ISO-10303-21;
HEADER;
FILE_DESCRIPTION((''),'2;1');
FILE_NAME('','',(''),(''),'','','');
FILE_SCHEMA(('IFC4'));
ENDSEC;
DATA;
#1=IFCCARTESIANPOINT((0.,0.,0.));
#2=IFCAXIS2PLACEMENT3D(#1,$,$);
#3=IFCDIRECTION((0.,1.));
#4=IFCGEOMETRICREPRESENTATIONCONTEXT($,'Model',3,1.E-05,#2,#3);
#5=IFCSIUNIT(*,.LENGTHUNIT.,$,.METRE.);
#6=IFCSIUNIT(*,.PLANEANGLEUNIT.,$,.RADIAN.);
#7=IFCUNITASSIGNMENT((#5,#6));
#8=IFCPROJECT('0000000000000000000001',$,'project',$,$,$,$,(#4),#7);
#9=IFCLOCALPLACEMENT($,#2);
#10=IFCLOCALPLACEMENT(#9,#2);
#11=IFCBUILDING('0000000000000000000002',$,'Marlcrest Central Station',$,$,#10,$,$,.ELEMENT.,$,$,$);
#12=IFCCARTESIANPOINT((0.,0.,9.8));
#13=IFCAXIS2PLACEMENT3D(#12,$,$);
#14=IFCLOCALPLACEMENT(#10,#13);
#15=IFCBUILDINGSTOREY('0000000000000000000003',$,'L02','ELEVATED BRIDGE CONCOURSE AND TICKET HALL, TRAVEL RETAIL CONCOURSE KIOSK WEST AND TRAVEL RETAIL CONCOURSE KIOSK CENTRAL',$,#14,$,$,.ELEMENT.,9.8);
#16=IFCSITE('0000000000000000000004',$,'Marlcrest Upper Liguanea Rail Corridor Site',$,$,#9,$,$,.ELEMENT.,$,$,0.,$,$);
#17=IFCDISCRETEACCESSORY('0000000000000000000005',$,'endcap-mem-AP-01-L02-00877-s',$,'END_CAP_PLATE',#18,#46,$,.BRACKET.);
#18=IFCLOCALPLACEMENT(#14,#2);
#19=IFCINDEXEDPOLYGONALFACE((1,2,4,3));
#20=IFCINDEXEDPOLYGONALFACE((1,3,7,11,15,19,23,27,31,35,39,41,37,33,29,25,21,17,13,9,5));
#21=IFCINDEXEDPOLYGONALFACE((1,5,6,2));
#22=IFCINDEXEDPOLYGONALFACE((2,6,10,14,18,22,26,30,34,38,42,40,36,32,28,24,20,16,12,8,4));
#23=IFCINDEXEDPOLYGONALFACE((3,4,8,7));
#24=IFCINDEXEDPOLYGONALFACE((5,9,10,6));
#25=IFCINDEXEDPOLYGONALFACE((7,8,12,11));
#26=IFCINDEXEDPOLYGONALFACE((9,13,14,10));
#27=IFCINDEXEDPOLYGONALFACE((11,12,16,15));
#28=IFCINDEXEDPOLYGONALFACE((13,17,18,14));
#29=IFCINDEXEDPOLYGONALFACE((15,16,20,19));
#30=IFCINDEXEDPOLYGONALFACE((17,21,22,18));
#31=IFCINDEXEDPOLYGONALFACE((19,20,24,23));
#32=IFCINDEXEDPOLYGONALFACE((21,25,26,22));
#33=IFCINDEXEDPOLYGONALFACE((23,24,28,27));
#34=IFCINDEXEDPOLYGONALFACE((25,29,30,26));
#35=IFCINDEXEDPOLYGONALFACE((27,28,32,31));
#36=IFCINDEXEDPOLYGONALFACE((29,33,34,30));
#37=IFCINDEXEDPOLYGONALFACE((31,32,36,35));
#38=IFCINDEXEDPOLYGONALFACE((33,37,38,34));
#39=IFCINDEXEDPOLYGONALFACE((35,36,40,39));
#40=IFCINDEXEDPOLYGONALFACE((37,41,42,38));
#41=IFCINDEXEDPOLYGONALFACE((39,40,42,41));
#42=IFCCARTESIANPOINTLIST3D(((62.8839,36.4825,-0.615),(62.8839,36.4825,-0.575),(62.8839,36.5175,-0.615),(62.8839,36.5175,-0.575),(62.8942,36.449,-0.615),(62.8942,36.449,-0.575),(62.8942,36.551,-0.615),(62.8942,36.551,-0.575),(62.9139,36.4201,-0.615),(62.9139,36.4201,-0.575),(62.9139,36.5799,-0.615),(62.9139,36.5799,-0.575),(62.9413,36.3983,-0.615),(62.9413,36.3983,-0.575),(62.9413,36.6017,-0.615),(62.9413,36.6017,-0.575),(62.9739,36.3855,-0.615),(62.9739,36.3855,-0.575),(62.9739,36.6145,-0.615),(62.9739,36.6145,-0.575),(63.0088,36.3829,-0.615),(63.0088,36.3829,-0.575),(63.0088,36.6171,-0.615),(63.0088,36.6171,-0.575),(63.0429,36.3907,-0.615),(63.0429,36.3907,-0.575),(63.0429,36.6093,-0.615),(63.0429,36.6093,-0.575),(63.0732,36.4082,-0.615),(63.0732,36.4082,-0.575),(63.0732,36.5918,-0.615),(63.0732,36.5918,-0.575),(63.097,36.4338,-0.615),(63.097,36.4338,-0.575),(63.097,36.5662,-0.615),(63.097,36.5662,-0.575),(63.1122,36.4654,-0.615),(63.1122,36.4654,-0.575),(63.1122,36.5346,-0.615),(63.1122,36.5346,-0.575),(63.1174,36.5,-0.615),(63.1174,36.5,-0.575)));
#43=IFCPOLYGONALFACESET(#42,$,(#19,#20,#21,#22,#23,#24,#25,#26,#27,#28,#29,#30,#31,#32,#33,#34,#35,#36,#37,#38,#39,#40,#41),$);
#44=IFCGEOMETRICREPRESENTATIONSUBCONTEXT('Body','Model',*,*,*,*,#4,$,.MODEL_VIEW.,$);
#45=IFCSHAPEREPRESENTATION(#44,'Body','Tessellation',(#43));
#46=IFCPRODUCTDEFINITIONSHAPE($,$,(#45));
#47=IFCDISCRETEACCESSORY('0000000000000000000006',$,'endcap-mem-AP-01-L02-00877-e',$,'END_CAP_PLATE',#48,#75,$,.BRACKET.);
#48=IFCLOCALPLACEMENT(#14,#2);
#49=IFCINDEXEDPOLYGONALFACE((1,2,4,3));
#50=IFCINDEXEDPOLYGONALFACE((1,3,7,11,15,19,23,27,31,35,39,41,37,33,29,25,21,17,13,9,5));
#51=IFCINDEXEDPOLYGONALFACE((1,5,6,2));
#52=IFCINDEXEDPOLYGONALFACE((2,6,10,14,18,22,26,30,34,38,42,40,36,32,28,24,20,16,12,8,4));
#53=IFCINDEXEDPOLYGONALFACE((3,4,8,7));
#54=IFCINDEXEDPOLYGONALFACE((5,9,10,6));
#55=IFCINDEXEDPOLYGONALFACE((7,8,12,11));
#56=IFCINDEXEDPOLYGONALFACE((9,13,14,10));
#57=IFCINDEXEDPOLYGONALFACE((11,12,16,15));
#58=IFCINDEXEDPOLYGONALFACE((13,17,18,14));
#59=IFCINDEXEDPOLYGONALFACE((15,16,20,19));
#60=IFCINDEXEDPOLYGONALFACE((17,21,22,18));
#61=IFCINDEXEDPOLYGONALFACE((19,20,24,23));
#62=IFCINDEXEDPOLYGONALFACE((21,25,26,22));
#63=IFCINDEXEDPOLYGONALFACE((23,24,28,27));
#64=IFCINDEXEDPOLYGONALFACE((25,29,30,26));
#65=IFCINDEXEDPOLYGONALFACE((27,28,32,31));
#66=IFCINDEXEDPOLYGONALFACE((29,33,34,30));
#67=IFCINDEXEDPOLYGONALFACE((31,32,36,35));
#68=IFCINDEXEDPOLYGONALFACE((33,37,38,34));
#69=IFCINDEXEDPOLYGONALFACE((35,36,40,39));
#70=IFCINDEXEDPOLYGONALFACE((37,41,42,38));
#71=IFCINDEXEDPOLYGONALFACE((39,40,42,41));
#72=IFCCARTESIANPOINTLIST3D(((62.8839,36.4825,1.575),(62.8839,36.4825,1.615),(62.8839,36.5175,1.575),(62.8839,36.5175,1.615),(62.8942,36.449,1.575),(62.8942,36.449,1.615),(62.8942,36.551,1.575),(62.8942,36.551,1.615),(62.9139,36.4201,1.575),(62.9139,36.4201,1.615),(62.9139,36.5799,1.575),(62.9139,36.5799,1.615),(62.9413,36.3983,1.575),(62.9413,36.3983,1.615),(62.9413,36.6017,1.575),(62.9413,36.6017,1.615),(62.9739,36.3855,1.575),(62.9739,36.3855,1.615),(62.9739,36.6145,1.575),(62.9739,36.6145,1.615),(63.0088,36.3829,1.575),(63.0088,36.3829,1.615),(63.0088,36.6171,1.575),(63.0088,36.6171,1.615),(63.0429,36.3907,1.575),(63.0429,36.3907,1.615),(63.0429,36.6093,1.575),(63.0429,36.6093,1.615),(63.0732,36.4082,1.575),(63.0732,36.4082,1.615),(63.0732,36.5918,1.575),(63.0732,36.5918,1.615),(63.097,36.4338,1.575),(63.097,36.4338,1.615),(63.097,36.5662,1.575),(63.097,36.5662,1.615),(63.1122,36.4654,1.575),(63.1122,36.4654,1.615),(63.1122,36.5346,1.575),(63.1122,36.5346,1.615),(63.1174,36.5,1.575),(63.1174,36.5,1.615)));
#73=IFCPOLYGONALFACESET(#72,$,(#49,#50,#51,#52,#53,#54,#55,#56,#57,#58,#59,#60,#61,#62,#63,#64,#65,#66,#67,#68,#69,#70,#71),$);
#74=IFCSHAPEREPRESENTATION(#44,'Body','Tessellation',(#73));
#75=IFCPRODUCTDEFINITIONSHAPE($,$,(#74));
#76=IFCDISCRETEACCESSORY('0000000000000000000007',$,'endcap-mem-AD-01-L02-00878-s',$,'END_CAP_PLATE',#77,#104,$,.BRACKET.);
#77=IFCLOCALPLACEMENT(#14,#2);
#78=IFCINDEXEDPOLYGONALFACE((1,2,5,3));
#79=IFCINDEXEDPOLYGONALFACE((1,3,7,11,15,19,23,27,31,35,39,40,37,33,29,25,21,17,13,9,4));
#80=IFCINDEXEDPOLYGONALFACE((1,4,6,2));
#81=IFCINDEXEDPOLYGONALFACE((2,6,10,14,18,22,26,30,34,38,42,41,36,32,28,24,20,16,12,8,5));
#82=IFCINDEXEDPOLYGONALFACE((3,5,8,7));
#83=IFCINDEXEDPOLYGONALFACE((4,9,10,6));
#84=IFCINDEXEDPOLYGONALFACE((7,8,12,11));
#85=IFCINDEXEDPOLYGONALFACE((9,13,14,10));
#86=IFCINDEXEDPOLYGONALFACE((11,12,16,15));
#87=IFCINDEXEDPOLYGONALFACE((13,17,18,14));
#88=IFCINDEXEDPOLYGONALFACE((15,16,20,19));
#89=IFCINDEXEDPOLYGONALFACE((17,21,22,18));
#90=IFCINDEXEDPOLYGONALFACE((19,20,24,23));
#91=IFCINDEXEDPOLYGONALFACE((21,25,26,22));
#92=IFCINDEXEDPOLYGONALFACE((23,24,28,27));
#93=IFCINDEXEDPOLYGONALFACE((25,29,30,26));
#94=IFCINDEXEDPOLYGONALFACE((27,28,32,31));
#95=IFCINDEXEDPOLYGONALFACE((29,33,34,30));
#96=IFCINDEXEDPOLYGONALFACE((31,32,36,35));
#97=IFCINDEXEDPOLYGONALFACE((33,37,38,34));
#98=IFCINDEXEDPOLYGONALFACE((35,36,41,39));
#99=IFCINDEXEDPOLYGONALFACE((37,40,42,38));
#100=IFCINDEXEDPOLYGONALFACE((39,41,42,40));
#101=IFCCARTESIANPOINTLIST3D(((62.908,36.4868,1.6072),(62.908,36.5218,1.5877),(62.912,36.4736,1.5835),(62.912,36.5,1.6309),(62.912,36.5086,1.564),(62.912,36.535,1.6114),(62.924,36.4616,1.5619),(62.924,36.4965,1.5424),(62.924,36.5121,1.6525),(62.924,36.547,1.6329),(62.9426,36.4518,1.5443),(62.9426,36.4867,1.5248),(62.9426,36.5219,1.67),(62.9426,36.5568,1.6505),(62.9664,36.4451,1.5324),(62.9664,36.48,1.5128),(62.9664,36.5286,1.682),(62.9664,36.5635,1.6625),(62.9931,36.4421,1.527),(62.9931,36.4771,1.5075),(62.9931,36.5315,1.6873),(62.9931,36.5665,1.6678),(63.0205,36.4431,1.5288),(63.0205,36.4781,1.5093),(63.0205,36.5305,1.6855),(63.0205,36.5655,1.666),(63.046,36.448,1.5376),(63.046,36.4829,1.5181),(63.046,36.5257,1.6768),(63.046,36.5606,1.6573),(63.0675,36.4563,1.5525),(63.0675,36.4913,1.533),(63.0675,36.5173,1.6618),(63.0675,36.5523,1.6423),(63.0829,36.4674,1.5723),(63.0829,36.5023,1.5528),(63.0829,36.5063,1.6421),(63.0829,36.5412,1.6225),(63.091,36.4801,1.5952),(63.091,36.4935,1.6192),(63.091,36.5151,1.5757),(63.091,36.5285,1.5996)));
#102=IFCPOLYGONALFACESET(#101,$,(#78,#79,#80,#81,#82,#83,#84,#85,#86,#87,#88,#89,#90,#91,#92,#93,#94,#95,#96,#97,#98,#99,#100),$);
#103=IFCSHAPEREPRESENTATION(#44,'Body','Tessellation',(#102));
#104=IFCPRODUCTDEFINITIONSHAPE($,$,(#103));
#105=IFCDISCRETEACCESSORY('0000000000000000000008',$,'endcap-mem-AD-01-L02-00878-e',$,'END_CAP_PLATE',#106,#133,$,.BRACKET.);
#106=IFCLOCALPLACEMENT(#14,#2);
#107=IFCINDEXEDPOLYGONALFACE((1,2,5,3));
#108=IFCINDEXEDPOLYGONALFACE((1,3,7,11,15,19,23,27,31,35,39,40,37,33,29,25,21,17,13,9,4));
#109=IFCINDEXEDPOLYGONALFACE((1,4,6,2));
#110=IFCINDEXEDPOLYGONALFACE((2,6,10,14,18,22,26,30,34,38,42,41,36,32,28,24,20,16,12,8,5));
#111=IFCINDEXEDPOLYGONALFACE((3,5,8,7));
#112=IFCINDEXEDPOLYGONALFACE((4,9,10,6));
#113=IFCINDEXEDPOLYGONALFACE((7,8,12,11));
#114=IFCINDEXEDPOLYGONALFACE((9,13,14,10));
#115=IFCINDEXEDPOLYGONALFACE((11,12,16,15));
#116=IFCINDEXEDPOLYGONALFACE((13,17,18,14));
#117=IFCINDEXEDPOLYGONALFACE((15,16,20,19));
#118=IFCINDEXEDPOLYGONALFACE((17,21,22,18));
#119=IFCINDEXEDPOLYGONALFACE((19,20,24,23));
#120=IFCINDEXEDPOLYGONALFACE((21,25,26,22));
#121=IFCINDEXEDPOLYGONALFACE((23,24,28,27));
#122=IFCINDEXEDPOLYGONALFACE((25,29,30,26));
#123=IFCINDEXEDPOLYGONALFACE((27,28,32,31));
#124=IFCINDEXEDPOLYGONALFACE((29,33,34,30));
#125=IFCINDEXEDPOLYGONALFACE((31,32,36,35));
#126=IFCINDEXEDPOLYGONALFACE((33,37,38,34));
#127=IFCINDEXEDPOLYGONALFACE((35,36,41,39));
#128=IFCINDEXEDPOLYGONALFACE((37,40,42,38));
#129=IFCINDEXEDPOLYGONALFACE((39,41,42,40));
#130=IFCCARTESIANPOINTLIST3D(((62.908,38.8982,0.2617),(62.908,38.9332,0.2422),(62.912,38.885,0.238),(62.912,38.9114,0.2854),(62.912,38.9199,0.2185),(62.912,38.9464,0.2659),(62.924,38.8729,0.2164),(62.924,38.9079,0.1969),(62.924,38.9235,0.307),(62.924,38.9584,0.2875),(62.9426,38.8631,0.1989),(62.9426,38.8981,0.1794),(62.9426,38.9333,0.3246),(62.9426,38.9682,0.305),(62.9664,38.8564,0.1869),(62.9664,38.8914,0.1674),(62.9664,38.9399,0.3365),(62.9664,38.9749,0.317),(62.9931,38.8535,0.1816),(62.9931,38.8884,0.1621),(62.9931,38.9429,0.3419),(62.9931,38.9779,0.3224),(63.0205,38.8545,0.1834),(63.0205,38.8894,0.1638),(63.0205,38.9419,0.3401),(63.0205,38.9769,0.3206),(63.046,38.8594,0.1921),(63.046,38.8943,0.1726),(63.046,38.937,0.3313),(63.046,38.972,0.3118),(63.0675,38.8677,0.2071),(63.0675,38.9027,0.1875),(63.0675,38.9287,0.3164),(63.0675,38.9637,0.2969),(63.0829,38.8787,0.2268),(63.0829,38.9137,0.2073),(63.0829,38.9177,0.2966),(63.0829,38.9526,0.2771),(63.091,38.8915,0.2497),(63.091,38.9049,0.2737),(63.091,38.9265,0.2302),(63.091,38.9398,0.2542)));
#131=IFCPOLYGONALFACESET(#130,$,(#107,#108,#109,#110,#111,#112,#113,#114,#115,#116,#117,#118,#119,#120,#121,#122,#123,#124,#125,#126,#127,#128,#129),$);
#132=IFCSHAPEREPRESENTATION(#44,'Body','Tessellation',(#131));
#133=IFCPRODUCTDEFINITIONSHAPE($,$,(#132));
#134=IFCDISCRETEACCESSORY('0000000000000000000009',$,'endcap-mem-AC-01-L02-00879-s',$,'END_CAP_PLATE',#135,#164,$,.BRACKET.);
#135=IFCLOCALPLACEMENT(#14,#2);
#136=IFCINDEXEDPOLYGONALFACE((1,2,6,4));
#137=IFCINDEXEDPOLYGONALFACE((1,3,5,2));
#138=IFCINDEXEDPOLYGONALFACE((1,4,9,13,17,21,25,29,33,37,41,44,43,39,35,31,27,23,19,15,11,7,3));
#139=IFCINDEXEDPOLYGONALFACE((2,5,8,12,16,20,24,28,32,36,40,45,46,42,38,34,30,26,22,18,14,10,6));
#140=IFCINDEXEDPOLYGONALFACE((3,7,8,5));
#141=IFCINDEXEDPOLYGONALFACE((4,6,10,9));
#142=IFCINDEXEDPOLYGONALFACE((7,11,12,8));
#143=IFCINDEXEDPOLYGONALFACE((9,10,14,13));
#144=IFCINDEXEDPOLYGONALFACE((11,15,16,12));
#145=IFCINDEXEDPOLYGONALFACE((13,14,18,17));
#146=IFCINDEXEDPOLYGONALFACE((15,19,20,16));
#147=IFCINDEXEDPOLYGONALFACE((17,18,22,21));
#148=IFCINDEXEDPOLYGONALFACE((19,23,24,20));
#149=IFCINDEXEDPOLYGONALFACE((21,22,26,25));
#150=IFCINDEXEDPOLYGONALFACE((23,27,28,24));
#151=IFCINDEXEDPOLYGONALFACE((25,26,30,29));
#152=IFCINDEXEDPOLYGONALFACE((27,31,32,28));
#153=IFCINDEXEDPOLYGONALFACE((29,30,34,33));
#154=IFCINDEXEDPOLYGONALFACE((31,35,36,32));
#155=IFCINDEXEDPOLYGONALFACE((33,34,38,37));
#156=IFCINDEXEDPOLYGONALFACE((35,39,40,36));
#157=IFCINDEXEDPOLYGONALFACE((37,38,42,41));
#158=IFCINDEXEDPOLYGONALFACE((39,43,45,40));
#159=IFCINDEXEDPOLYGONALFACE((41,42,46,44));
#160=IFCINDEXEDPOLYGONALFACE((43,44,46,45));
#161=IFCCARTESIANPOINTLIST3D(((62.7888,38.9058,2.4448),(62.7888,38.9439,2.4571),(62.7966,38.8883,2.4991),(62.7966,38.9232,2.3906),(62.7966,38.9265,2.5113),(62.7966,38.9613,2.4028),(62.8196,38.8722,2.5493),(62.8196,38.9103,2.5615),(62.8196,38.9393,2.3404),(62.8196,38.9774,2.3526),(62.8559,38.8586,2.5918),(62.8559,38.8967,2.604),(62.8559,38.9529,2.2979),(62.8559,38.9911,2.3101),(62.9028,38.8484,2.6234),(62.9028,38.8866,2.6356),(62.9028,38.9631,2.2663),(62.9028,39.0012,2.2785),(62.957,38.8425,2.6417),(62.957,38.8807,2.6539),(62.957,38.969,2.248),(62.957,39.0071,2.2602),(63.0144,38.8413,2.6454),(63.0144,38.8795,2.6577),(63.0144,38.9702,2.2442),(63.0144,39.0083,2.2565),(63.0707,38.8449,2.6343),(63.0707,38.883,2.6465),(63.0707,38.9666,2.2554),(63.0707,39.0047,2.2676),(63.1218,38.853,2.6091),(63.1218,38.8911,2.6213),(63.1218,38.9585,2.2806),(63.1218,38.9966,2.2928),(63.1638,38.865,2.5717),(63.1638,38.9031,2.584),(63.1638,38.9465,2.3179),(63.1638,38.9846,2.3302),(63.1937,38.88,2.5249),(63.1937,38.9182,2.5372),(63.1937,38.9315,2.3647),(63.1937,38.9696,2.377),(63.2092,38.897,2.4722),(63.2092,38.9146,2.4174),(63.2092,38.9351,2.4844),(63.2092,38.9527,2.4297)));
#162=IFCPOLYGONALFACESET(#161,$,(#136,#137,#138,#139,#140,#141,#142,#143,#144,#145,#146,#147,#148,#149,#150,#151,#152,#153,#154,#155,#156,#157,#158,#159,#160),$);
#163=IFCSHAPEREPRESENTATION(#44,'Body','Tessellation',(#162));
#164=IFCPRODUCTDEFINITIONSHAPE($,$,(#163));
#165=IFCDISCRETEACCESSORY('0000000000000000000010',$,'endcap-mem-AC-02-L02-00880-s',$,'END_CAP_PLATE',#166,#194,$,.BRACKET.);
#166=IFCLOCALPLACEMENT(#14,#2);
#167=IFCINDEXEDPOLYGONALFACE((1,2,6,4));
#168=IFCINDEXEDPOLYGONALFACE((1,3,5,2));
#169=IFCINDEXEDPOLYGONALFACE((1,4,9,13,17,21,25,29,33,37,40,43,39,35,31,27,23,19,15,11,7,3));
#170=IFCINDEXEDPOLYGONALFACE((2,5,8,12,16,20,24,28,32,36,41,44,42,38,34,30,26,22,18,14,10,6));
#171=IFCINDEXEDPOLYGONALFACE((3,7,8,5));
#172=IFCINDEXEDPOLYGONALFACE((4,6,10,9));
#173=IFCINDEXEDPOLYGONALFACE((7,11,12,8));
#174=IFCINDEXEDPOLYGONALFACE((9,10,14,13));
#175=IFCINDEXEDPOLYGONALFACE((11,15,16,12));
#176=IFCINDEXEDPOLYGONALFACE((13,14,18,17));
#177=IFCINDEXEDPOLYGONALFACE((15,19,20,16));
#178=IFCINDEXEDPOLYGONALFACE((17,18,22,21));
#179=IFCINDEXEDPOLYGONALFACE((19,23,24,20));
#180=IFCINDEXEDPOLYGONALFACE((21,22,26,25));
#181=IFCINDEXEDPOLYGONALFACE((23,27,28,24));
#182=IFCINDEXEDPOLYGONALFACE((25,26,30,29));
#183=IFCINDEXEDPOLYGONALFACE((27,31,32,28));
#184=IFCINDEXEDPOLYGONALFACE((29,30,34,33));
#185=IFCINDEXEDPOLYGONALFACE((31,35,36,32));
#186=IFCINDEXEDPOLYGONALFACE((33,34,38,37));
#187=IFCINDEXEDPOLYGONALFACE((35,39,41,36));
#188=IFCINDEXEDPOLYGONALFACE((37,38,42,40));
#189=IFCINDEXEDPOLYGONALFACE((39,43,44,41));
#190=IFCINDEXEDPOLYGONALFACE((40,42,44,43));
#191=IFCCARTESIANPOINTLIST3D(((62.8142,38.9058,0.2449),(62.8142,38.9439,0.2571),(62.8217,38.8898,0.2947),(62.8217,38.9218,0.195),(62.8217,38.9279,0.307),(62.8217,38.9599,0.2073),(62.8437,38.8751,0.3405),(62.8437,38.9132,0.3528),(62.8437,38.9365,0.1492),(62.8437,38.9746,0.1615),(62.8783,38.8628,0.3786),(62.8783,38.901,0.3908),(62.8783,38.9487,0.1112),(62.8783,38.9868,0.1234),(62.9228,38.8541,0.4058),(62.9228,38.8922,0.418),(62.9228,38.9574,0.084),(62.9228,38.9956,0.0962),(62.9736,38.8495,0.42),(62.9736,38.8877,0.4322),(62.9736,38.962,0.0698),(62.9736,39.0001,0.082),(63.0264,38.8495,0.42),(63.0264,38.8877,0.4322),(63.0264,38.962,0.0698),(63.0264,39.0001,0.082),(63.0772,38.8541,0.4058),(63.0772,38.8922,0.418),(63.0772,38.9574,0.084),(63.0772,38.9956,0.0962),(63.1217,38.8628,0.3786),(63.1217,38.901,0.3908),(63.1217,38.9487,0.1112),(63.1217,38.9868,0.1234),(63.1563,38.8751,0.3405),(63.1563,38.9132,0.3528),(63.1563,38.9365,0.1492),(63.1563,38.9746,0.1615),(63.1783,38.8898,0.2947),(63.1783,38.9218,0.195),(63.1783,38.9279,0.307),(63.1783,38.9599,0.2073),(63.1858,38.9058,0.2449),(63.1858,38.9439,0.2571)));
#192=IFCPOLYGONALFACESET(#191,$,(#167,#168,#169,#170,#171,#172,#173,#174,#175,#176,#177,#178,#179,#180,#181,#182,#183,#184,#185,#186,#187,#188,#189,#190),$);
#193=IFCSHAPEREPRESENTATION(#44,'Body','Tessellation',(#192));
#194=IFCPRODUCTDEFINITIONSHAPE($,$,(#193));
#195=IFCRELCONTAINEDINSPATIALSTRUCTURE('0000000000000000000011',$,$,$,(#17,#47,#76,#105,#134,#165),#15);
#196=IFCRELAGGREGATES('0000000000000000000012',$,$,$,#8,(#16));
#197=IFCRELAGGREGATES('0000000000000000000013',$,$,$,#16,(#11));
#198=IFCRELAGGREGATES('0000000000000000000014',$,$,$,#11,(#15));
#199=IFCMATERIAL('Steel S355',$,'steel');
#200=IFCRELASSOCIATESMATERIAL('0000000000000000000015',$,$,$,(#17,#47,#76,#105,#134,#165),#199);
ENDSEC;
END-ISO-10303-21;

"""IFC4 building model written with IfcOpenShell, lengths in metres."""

from ifc_helpers import new_model, si_unit, direction, frame, origin, origin_2d, place, context, subcontext, project, spatial, circle, extrude, material, element, save


model = new_model("IFC4")

# Units and contexts
model_context = context("Model", 3, precision=1e-05, world=origin(), true_north=direction((0.0, 1.0)))
body_context = subcontext(model_context, "Body", "Model", "MODEL_VIEW")
ifc_project = project(units=[si_unit("LENGTHUNIT", "METRE"), si_unit("PLANEANGLEUNIT", "RADIAN")], contexts=[model_context])

# Site, building, storey
site_placement = place(None, origin())
site = spatial("IfcSite", under=ifc_project, at=site_placement, Name="Marlcrest Upper Liguanea Rail Corridor Site", CompositionType="ELEMENT", RefElevation=0.0)
building_placement = place(site_placement, origin())
building = spatial("IfcBuilding", under=site, at=building_placement, Name="Marlcrest Central Station", CompositionType="ELEMENT")
storey_placement = place(building_placement, frame((0.0, 0.0, 9.8)))
storey = spatial("IfcBuildingStorey", under=building, at=storey_placement, Name="L02", Description="ELEVATED BRIDGE CONCOURSE AND TICKET HALL, TRAVEL RETAIL CONCOURSE KIOSK WEST AND TRAVEL RETAIL CONCOURSE KIOSK CENTRAL", CompositionType="ELEMENT", Elevation=9.8)

# Shared definitions
ifc_material_1 = material(Name="Steel S355", Category="steel")

# Discrete accessories
for number, where, z_axis, x_axis, name in (
    (1, (63.0, 36.5, -0.615), (0.0, 0.0, 1.0), (1.0, 0.0, 0.0), "endcap-mem-AP-01-L02-00877-s"),
    (2, (63.0, 36.5, 1.575), (0.0, 0.0, 1.0), (1.0, 0.0, 0.0), "endcap-mem-AP-01-L02-00877-e"),
):
    element("IfcDiscreteAccessory", number, at=place(storey_placement, frame(where, z_axis=z_axis, x_axis=x_axis)), inside=storey, material=ifc_material_1, Name=name, ObjectType="END_CAP_PLATE", PredefinedType="BRACKET", context=body_context, shape_type="SweptSolid", body=[
        extrude(circle(Radius=0.1174, at=origin_2d()), origin(), (0.0, 0.0, 1.0), 0.04),
    ])
for number, where, z_axis, x_axis, name in (
    (3, (63.0, 36.4868, 1.6072), (0.0, 0.873246, -0.48728), (-1.0, 0.0, 0.0), "endcap-mem-AD-01-L02-00878-s"),
    (4, (63.0, 38.8982, 0.2617), (0.0, 0.873246, -0.48728), (-1.0, 0.0, 0.0), "endcap-mem-AD-01-L02-00878-e"),
):
    element("IfcDiscreteAccessory", number, at=place(storey_placement, frame(where, z_axis=z_axis, x_axis=x_axis)), inside=storey, material=ifc_material_1, Name=name, ObjectType="END_CAP_PLATE", PredefinedType="BRACKET", context=body_context, shape_type="SweptSolid", body=[
        extrude(circle(Radius=0.092, at=origin_2d()), origin(), (0.0, 0.0, 1.0), 0.04),
    ])
discrete_accessory_1_placement = place(storey_placement, frame((63.0, 38.9058, 2.4448), z_axis=(0.0, 0.952117, 0.305734), x_axis=(-1.0, 0.0, 0.0)))
element("IfcDiscreteAccessory", 5, at=discrete_accessory_1_placement, inside=storey, material=ifc_material_1, Name="endcap-mem-AC-01-L02-00879-s", ObjectType="END_CAP_PLATE", PredefinedType="BRACKET", context=body_context, shape_type="SweptSolid", body=[
    extrude(circle(Radius=0.2112, at=origin_2d()), origin(), (0.0, 0.0, 1.0), 0.04),
])
discrete_accessory_2_placement = place(storey_placement, frame((63.0, 38.9058, 0.2449), z_axis=(0.0, 0.952117, 0.305734), x_axis=(-1.0, 0.0, 0.0)))
element("IfcDiscreteAccessory", 6, at=discrete_accessory_2_placement, inside=storey, material=ifc_material_1, Name="endcap-mem-AC-02-L02-00880-s", ObjectType="END_CAP_PLATE", PredefinedType="BRACKET", context=body_context, shape_type="SweptSolid", body=[
    extrude(circle(Radius=0.1858, at=origin_2d()), origin(), (0.0, 0.0, 1.0), 0.04),
])

save(model, "model.ifc")
